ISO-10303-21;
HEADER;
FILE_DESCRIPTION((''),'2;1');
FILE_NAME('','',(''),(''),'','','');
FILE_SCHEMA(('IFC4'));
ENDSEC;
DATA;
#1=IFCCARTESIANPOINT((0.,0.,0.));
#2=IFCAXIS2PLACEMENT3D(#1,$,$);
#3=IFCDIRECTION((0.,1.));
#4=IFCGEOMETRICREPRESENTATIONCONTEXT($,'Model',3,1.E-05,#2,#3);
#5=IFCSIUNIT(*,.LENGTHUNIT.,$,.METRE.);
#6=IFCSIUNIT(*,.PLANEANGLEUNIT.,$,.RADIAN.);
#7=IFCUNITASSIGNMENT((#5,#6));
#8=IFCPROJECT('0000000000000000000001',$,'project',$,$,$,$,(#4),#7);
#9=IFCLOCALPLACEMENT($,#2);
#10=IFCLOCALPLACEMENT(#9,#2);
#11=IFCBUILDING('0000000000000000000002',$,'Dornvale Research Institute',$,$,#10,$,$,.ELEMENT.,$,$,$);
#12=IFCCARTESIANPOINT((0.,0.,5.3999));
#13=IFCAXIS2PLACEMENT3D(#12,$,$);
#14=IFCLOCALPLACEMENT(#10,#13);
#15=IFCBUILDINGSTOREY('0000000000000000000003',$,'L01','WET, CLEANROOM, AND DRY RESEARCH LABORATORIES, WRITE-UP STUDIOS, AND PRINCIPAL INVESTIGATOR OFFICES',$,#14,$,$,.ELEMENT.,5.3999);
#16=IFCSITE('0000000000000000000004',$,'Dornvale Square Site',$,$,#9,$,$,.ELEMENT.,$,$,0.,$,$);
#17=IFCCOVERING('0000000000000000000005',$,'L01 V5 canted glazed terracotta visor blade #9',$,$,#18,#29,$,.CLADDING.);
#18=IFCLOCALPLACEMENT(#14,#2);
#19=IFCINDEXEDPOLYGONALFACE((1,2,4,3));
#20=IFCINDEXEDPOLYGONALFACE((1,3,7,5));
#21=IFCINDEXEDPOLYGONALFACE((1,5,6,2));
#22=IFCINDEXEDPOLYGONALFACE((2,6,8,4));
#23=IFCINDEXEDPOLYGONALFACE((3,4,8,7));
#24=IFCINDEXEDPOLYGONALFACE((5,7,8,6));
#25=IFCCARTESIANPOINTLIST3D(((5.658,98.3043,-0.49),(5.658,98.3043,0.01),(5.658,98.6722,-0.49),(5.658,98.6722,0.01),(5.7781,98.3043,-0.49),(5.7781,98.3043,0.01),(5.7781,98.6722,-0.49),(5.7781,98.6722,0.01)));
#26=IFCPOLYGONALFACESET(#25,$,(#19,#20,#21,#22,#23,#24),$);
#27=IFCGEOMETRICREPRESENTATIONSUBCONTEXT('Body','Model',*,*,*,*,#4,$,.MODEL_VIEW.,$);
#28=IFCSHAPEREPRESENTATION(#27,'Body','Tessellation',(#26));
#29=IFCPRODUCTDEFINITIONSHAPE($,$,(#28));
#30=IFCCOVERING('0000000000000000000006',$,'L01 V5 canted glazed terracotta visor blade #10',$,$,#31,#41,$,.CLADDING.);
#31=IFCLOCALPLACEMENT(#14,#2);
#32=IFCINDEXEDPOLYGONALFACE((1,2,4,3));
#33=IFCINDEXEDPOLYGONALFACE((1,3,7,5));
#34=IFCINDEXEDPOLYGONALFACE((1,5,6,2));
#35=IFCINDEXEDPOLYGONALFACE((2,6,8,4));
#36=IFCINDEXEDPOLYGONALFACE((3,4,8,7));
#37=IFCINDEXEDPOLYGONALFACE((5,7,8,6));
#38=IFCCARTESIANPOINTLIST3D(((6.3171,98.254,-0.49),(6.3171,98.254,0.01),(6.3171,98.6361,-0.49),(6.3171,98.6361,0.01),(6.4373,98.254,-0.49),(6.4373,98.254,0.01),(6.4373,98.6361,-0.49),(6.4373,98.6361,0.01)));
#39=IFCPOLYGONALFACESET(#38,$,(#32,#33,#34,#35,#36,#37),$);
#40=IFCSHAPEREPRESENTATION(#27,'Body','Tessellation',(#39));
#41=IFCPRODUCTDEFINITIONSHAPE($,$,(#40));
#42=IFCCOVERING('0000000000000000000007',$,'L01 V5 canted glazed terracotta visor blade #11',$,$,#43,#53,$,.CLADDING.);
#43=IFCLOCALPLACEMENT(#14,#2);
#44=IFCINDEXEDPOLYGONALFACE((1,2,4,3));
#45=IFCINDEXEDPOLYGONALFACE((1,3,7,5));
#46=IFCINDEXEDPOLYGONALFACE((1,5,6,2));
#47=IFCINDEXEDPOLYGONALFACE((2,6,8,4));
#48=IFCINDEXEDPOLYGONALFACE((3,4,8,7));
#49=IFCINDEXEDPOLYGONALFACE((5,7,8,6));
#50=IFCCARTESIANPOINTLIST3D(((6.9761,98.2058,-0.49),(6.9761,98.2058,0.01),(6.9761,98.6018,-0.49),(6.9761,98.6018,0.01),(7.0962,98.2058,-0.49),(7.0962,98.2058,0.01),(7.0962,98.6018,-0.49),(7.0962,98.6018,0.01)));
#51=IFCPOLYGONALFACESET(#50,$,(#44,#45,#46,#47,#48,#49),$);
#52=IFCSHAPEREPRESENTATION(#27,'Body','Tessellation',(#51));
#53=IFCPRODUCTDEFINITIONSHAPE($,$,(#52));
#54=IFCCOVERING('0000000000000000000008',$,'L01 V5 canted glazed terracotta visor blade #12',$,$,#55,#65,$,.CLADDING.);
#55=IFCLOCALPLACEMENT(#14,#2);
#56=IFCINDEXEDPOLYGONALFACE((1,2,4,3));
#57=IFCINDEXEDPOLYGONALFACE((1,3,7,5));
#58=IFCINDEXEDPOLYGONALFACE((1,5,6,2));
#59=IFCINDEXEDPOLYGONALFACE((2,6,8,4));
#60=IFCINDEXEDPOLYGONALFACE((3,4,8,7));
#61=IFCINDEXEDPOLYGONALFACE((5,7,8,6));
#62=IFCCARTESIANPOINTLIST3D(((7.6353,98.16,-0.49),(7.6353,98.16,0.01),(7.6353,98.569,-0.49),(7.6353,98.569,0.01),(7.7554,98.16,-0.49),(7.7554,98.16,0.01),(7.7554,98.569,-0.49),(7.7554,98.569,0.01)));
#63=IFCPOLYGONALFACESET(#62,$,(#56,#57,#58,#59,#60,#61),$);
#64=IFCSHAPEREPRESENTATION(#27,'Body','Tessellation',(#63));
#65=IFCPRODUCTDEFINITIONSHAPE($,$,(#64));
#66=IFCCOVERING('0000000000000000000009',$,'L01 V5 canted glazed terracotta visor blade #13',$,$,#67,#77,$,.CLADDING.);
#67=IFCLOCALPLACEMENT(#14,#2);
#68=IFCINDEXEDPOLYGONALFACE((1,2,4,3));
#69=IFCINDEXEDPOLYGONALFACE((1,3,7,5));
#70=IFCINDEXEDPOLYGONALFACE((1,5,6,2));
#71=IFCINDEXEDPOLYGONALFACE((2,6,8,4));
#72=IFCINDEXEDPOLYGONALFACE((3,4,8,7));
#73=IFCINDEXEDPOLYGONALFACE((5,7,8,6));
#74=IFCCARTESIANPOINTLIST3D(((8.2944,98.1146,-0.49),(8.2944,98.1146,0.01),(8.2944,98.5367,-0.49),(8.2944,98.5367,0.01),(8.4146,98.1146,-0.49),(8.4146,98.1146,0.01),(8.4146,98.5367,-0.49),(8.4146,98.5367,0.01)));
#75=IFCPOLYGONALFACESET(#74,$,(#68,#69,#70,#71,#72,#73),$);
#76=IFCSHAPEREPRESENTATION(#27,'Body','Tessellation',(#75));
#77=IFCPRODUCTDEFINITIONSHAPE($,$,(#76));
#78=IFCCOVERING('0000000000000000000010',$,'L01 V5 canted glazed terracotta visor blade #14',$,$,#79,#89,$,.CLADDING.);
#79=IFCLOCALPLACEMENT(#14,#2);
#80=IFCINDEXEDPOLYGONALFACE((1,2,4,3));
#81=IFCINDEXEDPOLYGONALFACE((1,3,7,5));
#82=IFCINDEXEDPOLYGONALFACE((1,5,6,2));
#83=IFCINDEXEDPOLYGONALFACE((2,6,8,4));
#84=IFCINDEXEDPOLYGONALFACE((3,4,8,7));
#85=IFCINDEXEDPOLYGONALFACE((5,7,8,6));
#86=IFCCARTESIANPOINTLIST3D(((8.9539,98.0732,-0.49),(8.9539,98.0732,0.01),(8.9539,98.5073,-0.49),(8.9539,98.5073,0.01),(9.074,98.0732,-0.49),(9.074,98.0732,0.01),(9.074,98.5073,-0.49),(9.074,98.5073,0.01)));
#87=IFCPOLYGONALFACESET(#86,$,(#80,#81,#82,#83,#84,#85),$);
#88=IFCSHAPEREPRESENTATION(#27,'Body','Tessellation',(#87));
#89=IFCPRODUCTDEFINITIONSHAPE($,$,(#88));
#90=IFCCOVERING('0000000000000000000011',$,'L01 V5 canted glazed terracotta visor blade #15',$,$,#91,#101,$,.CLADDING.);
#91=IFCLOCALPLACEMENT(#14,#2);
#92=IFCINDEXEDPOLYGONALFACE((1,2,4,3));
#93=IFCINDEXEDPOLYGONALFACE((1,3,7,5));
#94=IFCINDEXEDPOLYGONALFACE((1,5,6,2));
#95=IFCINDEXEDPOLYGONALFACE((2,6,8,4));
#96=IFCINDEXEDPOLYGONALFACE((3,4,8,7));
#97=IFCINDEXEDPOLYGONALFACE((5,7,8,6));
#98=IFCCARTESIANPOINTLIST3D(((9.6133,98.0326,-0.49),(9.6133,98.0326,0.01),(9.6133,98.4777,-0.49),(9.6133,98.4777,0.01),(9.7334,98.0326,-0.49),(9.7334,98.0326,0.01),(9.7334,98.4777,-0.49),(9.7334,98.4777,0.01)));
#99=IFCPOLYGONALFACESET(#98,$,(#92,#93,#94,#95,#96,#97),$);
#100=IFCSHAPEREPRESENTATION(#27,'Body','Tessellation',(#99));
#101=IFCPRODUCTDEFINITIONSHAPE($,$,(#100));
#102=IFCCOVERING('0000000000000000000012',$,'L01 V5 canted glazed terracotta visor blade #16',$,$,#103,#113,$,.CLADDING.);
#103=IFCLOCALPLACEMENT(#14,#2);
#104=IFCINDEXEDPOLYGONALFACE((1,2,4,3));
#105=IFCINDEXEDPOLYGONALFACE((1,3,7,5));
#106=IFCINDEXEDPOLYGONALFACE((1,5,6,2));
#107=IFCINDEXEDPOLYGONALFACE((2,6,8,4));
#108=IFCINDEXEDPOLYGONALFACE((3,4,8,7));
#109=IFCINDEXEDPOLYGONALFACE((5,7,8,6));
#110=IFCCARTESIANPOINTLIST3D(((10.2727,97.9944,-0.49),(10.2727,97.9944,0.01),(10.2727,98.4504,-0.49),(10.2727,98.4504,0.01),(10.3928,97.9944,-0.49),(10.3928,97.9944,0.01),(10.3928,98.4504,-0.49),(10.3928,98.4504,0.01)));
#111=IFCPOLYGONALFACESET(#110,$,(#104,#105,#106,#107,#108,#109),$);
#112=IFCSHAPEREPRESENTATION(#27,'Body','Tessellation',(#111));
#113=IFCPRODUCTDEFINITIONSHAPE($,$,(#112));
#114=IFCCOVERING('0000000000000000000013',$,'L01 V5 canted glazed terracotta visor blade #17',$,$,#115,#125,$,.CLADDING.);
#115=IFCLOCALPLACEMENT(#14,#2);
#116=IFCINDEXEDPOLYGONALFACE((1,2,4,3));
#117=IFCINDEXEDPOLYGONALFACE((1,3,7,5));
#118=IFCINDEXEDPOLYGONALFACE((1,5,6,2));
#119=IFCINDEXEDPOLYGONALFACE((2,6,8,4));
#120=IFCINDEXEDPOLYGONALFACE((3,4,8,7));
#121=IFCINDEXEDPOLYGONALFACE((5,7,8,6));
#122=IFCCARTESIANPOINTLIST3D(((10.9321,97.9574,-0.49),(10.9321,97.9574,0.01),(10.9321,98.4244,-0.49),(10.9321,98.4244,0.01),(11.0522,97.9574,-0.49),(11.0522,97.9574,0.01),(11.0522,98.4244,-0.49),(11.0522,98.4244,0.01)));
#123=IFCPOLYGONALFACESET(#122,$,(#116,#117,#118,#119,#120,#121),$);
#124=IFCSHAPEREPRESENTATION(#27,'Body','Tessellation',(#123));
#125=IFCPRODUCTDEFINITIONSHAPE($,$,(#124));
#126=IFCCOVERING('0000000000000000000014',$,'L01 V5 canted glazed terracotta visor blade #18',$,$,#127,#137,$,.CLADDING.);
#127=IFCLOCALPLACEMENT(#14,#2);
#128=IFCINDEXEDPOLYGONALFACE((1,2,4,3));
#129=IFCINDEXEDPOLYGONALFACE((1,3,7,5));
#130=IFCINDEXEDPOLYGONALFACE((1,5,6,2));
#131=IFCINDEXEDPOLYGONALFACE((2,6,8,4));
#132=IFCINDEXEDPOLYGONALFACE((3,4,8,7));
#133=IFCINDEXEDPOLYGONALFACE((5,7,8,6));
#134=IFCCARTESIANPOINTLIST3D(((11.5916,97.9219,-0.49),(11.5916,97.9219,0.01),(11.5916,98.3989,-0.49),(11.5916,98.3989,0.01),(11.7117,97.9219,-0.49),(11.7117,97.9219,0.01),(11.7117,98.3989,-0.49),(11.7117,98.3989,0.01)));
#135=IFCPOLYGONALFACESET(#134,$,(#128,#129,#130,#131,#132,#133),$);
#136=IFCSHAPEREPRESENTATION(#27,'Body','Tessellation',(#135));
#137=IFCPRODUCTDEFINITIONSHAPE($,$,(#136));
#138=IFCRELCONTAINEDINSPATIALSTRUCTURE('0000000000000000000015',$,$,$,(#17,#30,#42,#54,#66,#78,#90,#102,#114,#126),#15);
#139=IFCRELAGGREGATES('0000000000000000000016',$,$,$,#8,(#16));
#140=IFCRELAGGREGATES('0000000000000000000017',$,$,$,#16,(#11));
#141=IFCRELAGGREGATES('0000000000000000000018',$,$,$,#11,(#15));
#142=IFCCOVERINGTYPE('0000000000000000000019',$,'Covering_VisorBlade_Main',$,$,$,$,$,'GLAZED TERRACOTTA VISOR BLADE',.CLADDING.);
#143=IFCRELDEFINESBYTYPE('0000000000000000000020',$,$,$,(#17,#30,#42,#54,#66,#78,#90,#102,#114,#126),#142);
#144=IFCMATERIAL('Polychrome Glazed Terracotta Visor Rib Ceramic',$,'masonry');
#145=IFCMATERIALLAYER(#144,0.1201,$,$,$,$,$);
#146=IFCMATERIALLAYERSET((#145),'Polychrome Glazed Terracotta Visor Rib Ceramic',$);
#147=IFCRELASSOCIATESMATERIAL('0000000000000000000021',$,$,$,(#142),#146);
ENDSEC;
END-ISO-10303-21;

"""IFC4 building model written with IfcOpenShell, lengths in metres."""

from ifc_helpers import new_model, si_unit, direction, frame, origin, origin_2d, place, context, subcontext, project, spatial, rectangle, extrude, material, layer, layer_set, type_object, element, save


model = new_model("IFC4")

# Units and contexts
model_context = context("Model", 3, precision=1e-05, world=origin(), true_north=direction((0.0, 1.0)))
body_context = subcontext(model_context, "Body", "Model", "MODEL_VIEW")
ifc_project = project(units=[si_unit("LENGTHUNIT", "METRE"), si_unit("PLANEANGLEUNIT", "RADIAN")], contexts=[model_context])

# Site, building, storey
site_placement = place(None, origin())
site = spatial("IfcSite", under=ifc_project, at=site_placement, Name="Dornvale Square Site", CompositionType="ELEMENT", RefElevation=0.0)
building_placement = place(site_placement, origin())
building = spatial("IfcBuilding", under=site, at=building_placement, Name="Dornvale Research Institute", CompositionType="ELEMENT")
storey_placement = place(building_placement, frame((0.0, 0.0, 5.3999)))
storey = spatial("IfcBuildingStorey", under=building, at=storey_placement, Name="L01", Description="WET, CLEANROOM, AND DRY RESEARCH LABORATORIES, WRITE-UP STUDIOS, AND PRINCIPAL INVESTIGATOR OFFICES", CompositionType="ELEMENT", Elevation=5.3999)

# Coverings
ifc_material_1 = material(Name="Polychrome Glazed Terracotta Visor Rib Ceramic", Category="masonry")
ifc_layer_1 = layer(ifc_material_1, 0.1201)
ifc_layer_set_1 = layer_set([ifc_layer_1], Name="Polychrome Glazed Terracotta Visor Rib Ceramic")
covering_type = type_object("IfcCoveringType", Name="Covering_VisorBlade_Main", ElementType="GLAZED TERRACOTTA VISOR BLADE", PredefinedType="CLADDING", material=ifc_layer_set_1)
covering_1_placement = place(storey_placement, frame((5.718, 98.4883, -0.49), z_axis=(0.0, 0.0, 1.0), x_axis=(0.0, 1.0, 0.0)))
element("IfcCovering", 1, at=covering_1_placement, inside=storey, type_object=covering_type, Name="L01 V5 canted glazed terracotta visor blade #9", PredefinedType="CLADDING", context=body_context, shape_type="SweptSolid", body=[
    extrude(rectangle(XDim=0.3679, YDim=0.1201, at=origin_2d()), origin(), (0.0, 0.0, 1.0), 0.5),
])
covering_2_placement = place(storey_placement, frame((6.3772, 98.4451, -0.49), z_axis=(0.0, 0.0, 1.0), x_axis=(0.0, 1.0, 0.0)))
element("IfcCovering", 2, at=covering_2_placement, inside=storey, type_object=covering_type, Name="L01 V5 canted glazed terracotta visor blade #10", PredefinedType="CLADDING", context=body_context, shape_type="SweptSolid", body=[
    extrude(rectangle(XDim=0.3821, YDim=0.1201, at=origin_2d()), origin(), (0.0, 0.0, 1.0), 0.5),
])
covering_3_placement = place(storey_placement, frame((7.0361, 98.4038, -0.49), z_axis=(0.0, 0.0, 1.0), x_axis=(0.0, 1.0, 0.0)))
element("IfcCovering", 3, at=covering_3_placement, inside=storey, type_object=covering_type, Name="L01 V5 canted glazed terracotta visor blade #11", PredefinedType="CLADDING", context=body_context, shape_type="SweptSolid", body=[
    extrude(rectangle(XDim=0.396, YDim=0.1201, at=origin_2d()), origin(), (0.0, 0.0, 1.0), 0.5),
])
covering_4_placement = place(storey_placement, frame((7.6953, 98.3645, -0.49), z_axis=(0.0, 0.0, 1.0), x_axis=(0.0, 1.0, 0.0)))
element("IfcCovering", 4, at=covering_4_placement, inside=storey, type_object=covering_type, Name="L01 V5 canted glazed terracotta visor blade #12", PredefinedType="CLADDING", context=body_context, shape_type="SweptSolid", body=[
    extrude(rectangle(XDim=0.4089, YDim=0.1201, at=origin_2d()), origin(), (0.0, 0.0, 1.0), 0.5),
])
covering_5_placement = place(storey_placement, frame((8.3545, 98.3257, -0.49), z_axis=(0.0, 0.0, 1.0), x_axis=(0.0, 1.0, 0.0)))
element("IfcCovering", 5, at=covering_5_placement, inside=storey, type_object=covering_type, Name="L01 V5 canted glazed terracotta visor blade #13", PredefinedType="CLADDING", context=body_context, shape_type="SweptSolid", body=[
    extrude(rectangle(XDim=0.4221, YDim=0.1201, at=origin_2d()), origin(), (0.0, 0.0, 1.0), 0.5),
])
covering_6_placement = place(storey_placement, frame((9.0139, 98.2903, -0.49), z_axis=(0.0, 0.0, 1.0), x_axis=(0.0, 1.0, 0.0)))
element("IfcCovering", 6, at=covering_6_placement, inside=storey, type_object=covering_type, Name="L01 V5 canted glazed terracotta visor blade #14", PredefinedType="CLADDING", context=body_context, shape_type="SweptSolid", body=[
    extrude(rectangle(XDim=0.4341, YDim=0.1201, at=origin_2d()), origin(), (0.0, 0.0, 1.0), 0.5),
])
covering_7_placement = place(storey_placement, frame((9.6733, 98.2551, -0.49), z_axis=(0.0, 0.0, 1.0), x_axis=(0.0, 1.0, 0.0)))
element("IfcCovering", 7, at=covering_7_placement, inside=storey, type_object=covering_type, Name="L01 V5 canted glazed terracotta visor blade #15", PredefinedType="CLADDING", context=body_context, shape_type="SweptSolid", body=[
    extrude(rectangle(XDim=0.4451, YDim=0.1201, at=origin_2d()), origin(), (0.0, 0.0, 1.0), 0.5),
])
covering_8_placement = place(storey_placement, frame((10.3328, 98.2224, -0.49), z_axis=(0.0, 0.0, 1.0), x_axis=(0.0, 1.0, 0.0)))
element("IfcCovering", 8, at=covering_8_placement, inside=storey, type_object=covering_type, Name="L01 V5 canted glazed terracotta visor blade #16", PredefinedType="CLADDING", context=body_context, shape_type="SweptSolid", body=[
    extrude(rectangle(XDim=0.4561, YDim=0.1201, at=origin_2d()), origin(), (0.0, 0.0, 1.0), 0.5),
])
covering_9_placement = place(storey_placement, frame((10.9922, 98.1909, -0.49), z_axis=(0.0, 0.0, 1.0), x_axis=(0.0, 1.0, 0.0)))
element("IfcCovering", 9, at=covering_9_placement, inside=storey, type_object=covering_type, Name="L01 V5 canted glazed terracotta visor blade #17", PredefinedType="CLADDING", context=body_context, shape_type="SweptSolid", body=[
    extrude(rectangle(XDim=0.467, YDim=0.1201, at=origin_2d()), origin(), (0.0, 0.0, 1.0), 0.5),
])
covering_10_placement = place(storey_placement, frame((11.6516, 98.1604, -0.49), z_axis=(0.0, 0.0, 1.0), x_axis=(0.0, 1.0, 0.0)))
element("IfcCovering", 10, at=covering_10_placement, inside=storey, type_object=covering_type, Name="L01 V5 canted glazed terracotta visor blade #18", PredefinedType="CLADDING", context=body_context, shape_type="SweptSolid", body=[
    extrude(rectangle(XDim=0.4771, YDim=0.1201, at=origin_2d()), origin(), (0.0, 0.0, 1.0), 0.5),
])

save(model, "model.ifc")
